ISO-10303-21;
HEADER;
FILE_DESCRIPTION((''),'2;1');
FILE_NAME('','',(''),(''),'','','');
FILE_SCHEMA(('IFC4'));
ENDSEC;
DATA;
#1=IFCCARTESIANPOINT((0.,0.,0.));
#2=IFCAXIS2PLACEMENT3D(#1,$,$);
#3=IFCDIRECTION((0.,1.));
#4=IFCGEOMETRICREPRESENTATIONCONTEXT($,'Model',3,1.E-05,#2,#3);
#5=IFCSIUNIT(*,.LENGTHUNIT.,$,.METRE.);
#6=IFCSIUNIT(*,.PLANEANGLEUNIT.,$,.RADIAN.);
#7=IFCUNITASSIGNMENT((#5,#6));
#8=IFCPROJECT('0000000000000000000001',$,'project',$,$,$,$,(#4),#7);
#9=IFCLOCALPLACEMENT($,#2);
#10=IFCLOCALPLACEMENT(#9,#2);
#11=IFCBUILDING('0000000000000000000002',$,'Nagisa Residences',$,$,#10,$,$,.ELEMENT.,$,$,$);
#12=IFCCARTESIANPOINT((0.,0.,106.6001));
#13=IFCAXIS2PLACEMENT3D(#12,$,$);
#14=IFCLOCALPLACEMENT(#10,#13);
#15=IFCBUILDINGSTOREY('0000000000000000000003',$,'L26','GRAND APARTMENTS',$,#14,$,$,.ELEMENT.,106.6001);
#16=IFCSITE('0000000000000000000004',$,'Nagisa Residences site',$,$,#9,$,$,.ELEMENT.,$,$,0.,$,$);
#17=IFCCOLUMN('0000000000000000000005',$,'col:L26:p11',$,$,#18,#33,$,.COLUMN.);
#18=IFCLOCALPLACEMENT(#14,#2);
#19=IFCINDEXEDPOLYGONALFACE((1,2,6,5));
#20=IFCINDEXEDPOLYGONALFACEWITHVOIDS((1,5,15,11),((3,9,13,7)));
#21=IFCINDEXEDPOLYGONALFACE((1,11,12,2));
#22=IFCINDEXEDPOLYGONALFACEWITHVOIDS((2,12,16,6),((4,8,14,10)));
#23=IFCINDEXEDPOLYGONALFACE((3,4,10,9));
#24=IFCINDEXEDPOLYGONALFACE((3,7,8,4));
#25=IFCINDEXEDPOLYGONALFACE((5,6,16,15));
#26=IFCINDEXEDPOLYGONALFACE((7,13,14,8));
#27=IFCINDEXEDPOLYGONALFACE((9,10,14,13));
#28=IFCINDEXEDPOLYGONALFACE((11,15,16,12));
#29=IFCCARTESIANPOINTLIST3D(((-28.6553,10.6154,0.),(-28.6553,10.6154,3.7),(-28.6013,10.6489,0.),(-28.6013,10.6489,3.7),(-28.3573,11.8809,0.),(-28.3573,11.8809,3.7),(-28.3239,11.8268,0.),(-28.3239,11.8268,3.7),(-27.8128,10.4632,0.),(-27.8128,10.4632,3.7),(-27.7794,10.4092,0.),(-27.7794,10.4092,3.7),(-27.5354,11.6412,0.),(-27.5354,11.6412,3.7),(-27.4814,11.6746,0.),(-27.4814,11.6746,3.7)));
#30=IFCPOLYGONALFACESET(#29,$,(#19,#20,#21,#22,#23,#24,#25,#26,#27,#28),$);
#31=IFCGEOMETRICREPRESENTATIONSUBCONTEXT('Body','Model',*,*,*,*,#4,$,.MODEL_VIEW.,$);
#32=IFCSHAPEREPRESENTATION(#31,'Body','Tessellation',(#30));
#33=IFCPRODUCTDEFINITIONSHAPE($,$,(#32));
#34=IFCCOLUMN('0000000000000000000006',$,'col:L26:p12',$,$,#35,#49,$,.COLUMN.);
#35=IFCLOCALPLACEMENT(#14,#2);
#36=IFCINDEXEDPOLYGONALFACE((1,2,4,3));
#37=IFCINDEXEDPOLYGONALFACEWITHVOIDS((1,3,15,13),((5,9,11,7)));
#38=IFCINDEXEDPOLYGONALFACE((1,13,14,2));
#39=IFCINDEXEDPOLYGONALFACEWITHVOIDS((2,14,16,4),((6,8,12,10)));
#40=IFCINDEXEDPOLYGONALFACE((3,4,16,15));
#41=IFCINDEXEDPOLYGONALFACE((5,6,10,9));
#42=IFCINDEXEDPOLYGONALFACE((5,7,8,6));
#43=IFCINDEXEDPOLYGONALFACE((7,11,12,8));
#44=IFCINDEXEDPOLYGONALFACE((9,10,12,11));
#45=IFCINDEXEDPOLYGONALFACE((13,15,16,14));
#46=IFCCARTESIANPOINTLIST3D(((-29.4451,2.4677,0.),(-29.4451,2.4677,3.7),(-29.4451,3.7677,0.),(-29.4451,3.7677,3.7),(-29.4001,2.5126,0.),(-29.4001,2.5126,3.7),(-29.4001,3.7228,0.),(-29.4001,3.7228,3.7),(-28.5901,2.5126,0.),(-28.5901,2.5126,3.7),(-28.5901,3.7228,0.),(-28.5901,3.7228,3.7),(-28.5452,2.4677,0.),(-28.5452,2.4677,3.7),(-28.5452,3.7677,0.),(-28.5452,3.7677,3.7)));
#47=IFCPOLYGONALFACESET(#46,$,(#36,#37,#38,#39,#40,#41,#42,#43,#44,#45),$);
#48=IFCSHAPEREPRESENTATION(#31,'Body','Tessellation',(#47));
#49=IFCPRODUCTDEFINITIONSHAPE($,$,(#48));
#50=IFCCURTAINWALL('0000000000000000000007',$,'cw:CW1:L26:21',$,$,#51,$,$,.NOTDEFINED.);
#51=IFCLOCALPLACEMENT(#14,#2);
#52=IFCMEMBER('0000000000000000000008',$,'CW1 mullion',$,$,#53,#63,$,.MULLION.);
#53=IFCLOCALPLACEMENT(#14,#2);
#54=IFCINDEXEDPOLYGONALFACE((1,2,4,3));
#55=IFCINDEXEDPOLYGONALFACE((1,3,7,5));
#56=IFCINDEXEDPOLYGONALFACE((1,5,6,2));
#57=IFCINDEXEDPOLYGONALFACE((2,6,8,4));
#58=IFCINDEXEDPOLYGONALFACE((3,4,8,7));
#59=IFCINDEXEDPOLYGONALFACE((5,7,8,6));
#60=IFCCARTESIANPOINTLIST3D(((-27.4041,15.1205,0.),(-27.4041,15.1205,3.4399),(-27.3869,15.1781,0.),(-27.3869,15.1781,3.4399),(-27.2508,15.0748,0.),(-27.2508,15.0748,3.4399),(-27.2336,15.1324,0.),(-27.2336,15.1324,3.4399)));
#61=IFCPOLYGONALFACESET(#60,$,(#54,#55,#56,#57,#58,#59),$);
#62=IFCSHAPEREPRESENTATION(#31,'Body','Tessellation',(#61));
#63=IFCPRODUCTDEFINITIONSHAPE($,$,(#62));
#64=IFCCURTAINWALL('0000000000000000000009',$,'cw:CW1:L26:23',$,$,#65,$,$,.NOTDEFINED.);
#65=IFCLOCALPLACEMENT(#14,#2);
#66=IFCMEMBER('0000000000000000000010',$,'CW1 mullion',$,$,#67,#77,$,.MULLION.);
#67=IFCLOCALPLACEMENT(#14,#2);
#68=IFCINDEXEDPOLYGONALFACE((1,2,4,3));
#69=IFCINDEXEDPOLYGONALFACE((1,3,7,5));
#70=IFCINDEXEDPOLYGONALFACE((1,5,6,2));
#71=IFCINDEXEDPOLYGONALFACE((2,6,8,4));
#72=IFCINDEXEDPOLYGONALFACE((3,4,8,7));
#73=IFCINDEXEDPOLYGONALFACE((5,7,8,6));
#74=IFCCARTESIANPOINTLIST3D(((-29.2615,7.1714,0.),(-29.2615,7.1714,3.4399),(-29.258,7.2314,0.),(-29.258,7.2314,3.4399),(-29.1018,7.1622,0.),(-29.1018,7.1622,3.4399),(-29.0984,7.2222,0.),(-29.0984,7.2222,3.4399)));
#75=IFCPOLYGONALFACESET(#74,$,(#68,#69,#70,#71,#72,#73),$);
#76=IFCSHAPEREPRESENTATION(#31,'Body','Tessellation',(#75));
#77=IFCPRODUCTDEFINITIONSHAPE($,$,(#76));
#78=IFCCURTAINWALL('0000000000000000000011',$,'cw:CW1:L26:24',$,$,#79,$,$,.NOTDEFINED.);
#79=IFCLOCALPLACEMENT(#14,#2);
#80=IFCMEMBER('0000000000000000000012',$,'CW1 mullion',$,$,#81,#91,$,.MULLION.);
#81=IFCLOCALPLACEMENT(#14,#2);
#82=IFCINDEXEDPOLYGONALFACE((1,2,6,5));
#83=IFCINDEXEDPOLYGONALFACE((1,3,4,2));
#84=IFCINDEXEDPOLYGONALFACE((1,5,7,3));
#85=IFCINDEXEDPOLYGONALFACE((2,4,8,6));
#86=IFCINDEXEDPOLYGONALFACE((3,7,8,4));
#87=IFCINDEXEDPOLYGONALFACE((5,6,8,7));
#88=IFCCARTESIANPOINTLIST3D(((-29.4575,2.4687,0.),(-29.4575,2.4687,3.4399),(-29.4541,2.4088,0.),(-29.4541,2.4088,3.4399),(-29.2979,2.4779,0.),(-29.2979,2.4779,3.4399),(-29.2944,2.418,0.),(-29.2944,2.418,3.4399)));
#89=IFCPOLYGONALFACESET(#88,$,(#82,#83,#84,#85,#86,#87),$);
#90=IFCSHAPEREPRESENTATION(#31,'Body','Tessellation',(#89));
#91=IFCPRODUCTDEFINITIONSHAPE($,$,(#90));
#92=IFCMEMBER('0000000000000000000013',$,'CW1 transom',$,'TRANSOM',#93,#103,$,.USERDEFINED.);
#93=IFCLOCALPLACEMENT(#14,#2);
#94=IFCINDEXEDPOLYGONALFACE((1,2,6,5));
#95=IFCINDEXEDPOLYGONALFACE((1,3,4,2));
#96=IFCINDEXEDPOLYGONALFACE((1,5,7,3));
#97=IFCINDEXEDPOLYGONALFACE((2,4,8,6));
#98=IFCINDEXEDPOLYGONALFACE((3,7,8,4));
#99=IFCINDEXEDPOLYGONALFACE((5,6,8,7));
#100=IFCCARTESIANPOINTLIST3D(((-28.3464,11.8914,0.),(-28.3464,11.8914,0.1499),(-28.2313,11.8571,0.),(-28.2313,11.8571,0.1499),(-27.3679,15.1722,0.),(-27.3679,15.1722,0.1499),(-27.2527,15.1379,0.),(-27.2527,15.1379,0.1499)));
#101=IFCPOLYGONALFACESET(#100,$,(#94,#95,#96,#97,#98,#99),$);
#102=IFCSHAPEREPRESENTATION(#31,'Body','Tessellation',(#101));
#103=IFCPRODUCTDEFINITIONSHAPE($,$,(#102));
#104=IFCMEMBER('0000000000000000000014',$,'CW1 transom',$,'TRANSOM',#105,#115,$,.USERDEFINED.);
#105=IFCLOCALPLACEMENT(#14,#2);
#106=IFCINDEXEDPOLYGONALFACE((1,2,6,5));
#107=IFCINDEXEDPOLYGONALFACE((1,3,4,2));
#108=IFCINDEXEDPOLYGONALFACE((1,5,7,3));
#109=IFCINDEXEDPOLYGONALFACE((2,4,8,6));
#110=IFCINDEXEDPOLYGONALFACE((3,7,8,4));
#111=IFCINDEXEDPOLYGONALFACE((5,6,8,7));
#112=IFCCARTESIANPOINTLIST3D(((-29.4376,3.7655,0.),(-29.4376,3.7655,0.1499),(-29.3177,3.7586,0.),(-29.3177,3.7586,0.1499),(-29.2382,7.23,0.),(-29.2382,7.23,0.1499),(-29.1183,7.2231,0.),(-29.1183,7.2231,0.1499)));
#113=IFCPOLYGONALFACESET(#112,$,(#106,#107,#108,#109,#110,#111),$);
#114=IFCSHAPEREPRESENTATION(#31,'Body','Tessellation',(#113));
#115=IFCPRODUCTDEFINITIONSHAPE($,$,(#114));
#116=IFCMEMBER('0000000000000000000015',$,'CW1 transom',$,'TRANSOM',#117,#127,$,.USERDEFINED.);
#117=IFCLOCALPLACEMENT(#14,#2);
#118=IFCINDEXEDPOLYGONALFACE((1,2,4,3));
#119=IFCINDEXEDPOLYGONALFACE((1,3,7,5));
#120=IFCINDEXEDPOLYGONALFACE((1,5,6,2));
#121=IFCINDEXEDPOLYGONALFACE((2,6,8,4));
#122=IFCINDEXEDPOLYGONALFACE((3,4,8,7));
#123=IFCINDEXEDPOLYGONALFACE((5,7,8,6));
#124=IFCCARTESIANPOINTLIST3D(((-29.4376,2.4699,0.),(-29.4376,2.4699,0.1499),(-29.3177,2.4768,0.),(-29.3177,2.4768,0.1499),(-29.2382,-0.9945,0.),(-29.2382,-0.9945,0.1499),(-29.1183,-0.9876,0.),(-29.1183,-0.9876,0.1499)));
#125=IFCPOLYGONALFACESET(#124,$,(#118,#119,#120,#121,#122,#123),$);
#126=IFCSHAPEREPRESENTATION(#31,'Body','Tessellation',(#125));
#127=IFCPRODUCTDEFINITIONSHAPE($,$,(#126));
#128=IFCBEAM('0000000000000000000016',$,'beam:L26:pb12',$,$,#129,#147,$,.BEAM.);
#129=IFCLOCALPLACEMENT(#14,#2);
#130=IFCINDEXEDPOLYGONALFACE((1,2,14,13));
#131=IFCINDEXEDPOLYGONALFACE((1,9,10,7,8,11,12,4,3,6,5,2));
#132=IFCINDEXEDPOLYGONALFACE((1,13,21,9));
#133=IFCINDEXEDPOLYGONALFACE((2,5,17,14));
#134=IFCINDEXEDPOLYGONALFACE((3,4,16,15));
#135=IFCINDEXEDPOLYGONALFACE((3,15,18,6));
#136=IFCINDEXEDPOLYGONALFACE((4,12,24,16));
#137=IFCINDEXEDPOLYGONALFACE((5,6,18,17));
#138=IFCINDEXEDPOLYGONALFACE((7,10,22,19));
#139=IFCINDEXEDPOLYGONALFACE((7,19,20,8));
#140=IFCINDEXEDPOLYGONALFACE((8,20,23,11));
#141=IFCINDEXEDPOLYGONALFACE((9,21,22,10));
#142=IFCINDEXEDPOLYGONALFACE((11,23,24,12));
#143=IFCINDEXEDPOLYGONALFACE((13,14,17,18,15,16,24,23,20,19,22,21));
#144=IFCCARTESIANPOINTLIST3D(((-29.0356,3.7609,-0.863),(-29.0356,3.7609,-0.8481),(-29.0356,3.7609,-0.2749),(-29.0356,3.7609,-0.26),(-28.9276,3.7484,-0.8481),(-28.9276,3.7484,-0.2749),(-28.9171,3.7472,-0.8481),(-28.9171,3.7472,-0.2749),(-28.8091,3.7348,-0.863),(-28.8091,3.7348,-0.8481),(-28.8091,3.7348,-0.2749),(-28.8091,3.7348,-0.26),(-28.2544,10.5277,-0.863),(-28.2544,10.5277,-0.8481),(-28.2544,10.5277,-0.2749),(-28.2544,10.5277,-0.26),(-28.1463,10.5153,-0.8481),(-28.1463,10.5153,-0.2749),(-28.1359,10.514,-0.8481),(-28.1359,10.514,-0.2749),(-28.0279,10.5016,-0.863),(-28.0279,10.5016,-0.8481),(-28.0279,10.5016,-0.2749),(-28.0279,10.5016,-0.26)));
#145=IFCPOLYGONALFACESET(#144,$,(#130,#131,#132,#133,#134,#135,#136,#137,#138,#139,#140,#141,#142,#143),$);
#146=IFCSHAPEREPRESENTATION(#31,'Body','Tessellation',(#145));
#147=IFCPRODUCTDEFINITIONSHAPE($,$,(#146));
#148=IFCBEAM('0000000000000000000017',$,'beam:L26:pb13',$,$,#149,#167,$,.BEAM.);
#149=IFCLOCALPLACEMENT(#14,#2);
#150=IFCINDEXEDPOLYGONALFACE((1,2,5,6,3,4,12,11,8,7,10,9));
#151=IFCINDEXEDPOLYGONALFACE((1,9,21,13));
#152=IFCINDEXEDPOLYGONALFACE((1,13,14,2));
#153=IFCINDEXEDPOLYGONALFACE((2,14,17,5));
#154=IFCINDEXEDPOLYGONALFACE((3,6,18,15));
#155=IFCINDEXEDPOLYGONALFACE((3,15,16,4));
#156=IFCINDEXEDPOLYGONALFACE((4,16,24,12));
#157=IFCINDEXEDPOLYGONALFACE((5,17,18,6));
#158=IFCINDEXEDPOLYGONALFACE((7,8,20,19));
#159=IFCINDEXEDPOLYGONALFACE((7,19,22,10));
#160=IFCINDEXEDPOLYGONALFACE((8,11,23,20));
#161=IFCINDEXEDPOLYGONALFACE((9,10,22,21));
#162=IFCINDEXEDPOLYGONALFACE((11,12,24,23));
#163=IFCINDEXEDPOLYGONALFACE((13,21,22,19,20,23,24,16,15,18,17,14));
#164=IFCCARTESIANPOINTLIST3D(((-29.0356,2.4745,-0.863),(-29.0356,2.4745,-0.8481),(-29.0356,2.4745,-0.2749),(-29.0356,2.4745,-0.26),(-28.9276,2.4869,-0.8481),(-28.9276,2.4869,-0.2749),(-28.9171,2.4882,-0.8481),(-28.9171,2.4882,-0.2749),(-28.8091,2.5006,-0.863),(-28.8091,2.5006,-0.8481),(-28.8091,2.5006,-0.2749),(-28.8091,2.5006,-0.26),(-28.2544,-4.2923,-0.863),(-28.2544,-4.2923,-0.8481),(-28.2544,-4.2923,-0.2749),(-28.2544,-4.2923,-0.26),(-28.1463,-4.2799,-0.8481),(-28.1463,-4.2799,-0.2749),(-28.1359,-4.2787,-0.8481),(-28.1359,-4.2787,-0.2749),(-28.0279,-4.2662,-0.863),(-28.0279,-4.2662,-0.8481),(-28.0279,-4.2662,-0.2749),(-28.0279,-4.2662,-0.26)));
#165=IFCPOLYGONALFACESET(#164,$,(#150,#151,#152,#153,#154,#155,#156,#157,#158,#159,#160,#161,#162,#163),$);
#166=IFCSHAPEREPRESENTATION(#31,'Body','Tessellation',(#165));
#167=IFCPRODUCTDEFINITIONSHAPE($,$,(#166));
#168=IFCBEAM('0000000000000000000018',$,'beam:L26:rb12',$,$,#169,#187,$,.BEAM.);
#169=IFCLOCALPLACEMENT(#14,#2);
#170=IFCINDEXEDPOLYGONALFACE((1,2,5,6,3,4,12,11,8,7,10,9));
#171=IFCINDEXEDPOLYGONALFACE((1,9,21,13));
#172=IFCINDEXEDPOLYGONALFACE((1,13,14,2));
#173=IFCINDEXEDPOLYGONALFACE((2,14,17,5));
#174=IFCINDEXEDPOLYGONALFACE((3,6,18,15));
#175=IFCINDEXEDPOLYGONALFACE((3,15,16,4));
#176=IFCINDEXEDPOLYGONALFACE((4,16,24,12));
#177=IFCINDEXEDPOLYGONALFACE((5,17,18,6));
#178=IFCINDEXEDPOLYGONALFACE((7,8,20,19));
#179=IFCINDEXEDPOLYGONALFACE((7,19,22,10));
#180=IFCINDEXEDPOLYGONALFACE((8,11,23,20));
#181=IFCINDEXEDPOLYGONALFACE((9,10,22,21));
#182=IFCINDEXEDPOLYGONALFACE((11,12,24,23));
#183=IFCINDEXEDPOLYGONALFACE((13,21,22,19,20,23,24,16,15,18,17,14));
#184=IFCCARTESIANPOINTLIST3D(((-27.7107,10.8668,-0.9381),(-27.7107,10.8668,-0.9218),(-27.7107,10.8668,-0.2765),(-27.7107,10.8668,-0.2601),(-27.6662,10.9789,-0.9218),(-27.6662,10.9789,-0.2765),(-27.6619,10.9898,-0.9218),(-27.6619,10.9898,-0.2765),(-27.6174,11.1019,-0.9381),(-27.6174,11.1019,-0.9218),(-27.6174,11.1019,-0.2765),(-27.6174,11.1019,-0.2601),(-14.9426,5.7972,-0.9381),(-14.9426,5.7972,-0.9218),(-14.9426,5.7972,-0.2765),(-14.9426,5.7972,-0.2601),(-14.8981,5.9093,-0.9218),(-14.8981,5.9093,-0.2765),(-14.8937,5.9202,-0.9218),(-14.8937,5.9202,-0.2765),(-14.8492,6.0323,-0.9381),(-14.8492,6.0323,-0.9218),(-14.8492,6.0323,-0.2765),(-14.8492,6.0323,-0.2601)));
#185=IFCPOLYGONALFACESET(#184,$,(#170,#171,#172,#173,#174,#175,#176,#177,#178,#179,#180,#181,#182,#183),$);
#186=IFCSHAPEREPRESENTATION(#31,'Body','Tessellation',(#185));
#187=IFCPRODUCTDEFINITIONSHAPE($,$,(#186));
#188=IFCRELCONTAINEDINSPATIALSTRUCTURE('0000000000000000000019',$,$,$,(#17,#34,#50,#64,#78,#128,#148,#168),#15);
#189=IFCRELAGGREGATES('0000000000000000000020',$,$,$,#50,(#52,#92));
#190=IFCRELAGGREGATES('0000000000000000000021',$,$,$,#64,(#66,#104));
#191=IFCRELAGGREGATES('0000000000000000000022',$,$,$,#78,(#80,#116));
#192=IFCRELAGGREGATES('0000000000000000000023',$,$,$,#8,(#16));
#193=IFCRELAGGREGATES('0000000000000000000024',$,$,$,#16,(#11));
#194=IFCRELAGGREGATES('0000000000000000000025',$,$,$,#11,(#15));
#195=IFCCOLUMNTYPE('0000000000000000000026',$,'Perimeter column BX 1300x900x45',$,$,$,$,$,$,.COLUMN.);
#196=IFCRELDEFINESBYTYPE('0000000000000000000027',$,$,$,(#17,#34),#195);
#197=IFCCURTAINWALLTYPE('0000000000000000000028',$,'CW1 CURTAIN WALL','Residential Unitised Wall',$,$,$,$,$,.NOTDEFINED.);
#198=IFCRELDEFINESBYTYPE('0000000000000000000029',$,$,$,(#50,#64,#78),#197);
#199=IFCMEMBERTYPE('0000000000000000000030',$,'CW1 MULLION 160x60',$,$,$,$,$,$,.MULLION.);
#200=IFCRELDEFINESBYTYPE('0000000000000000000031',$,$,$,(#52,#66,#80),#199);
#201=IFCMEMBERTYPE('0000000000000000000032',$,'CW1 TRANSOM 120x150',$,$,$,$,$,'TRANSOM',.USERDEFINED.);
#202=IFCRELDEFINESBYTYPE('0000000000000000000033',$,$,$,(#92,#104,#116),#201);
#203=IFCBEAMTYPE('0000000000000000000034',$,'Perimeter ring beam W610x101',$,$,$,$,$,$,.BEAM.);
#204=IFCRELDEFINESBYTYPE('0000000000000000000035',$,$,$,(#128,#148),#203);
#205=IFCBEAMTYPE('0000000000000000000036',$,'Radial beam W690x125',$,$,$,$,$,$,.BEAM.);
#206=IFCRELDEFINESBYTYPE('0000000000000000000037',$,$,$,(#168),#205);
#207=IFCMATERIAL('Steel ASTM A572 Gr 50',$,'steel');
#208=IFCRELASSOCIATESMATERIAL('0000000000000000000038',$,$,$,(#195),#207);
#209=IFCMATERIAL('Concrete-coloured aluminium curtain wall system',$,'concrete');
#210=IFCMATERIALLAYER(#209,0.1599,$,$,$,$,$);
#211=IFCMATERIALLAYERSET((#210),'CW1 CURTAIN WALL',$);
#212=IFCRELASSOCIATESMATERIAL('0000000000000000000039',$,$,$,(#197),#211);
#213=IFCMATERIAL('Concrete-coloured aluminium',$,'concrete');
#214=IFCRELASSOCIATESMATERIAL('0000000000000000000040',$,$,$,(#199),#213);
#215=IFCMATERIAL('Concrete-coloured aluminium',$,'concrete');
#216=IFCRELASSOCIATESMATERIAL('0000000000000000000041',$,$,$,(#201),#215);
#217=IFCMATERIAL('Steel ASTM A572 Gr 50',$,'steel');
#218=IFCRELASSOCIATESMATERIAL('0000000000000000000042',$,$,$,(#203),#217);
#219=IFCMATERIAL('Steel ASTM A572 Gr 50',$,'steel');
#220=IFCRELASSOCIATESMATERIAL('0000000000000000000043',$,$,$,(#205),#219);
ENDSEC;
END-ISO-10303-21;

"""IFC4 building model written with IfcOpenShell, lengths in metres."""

from ifc_helpers import new_model, si_unit, direction, frame, origin, origin_2d, place, context, subcontext, project, spatial, rectangle, hollow_rectangle, i_section, extrude, material, layer, layer_set, material_profile, profile_set, type_object, element, aggregate, save


model = new_model("IFC4")

# Units and contexts
model_context = context("Model", 3, precision=1e-05, world=origin(), true_north=direction((0.0, 1.0)))
body_context = subcontext(model_context, "Body", "Model", "MODEL_VIEW")
ifc_project = project(units=[si_unit("LENGTHUNIT", "METRE"), si_unit("PLANEANGLEUNIT", "RADIAN")], contexts=[model_context])

# Site, building, storey
site_placement = place(None, origin())
site = spatial("IfcSite", under=ifc_project, at=site_placement, Name="Nagisa Residences site", CompositionType="ELEMENT", RefElevation=0.0)
building_placement = place(site_placement, origin())
building = spatial("IfcBuilding", under=site, at=building_placement, Name="Nagisa Residences", CompositionType="ELEMENT")
storey_placement = place(building_placement, frame((0.0, 0.0, 106.6001)))
storey = spatial("IfcBuildingStorey", under=building, at=storey_placement, Name="L26", Description="GRAND APARTMENTS", CompositionType="ELEMENT", Elevation=106.6001)

# Columns
ifc_material_1 = material(Name="Steel ASTM A572 Gr 50", Category="steel")
ifc_material_profile_1 = material_profile(ifc_material_1, hollow_rectangle(XDim=1.3, YDim=0.8999, WallThickness=0.0449, at=origin_2d()), Name="BX 1300x900x45")
ifc_profile_set_1 = profile_set([ifc_material_profile_1], Name="Steel ASTM A572 Gr 50")
column_type = type_object("IfcColumnType", Name="Perimeter column BX 1300x900x45", PredefinedType="COLUMN", material=ifc_profile_set_1)
for number, where, z_axis, x_axis, name in (
    (1, (-28.0684, 11.145, 0.0), (0.0, 0.0, 1.0), (-0.229202, -0.973379, 0.0), "col:L26:p11"),
    (2, (-28.9951, 3.1177, 0.0), (0.0, 0.0, 1.0), (0.0, -1.0, 0.0), "col:L26:p12"),
):
    element("IfcColumn", number, at=place(storey_placement, frame(where, z_axis=z_axis, x_axis=x_axis)), inside=storey, type_object=column_type, Name=name, PredefinedType="COLUMN", context=body_context, shape_type="SweptSolid", body=[
        extrude(hollow_rectangle(XDim=1.3, YDim=0.8999, WallThickness=0.0449, at=origin_2d()), origin(), (0.0, 0.0, 1.0), 3.7),
    ])

# Curtain walls, members
ifc_material_2 = material(Name="Concrete-coloured aluminium curtain wall system", Category="concrete")
ifc_layer_1 = layer(ifc_material_2, 0.1599)
ifc_layer_set_1 = layer_set([ifc_layer_1], Name="CW1 CURTAIN WALL")
curtain_wall_type = type_object("IfcCurtainWallType", Name="CW1 CURTAIN WALL", Description="Residential Unitised Wall", PredefinedType="NOTDEFINED", material=ifc_layer_set_1)
curtain_wall_1_placement = place(storey_placement, origin())
curtain_wall_1 = element("IfcCurtainWall", 3, at=curtain_wall_1_placement, inside=storey, type_object=curtain_wall_type, Name="cw:CW1:L26:21", PredefinedType="NOTDEFINED")
ifc_material_3 = material(Name="Concrete-coloured aluminium", Category="concrete")
ifc_material_profile_2 = material_profile(ifc_material_3, rectangle(XDim=0.1599, YDim=0.0601, at=origin_2d()), Name="CW1 MULLION 160x60")
ifc_profile_set_2 = profile_set([ifc_material_profile_2], Name="Concrete-coloured aluminium")
member_type_1 = type_object("IfcMemberType", Name="CW1 MULLION 160x60", PredefinedType="MULLION", material=ifc_profile_set_2)
member_1_placement = place(storey_placement, frame((-27.3188, 15.1265, 0.0), z_axis=(0.0, 0.0, 1.0), x_axis=(0.958271, -0.28586, 0.0)))
member_1 = element("IfcMember", 4, at=member_1_placement, type_object=member_type_1, Name="CW1 mullion", PredefinedType="MULLION", context=body_context, shape_type="SweptSolid", body=[
    extrude(rectangle(XDim=0.1599, YDim=0.0601, at=origin_2d()), origin(), (0.0, 0.0, 1.0), 3.4399),
])
curtain_wall_2_placement = place(storey_placement, origin())
curtain_wall_2 = element("IfcCurtainWall", 5, at=curtain_wall_2_placement, inside=storey, type_object=curtain_wall_type, Name="cw:CW1:L26:23", PredefinedType="NOTDEFINED")
member_2_placement = place(storey_placement, frame((-29.1799, 7.1968, 0.0), z_axis=(0.0, 0.0, 1.0), x_axis=(0.998345, -0.057503, 0.0)))
member_2 = element("IfcMember", 6, at=member_2_placement, type_object=member_type_1, Name="CW1 mullion", PredefinedType="MULLION", context=body_context, shape_type="SweptSolid", body=[
    extrude(rectangle(XDim=0.1599, YDim=0.0601, at=origin_2d()), origin(), (0.0, 0.0, 1.0), 3.4399),
])
curtain_wall_3_placement = place(storey_placement, origin())
curtain_wall_3 = element("IfcCurtainWall", 7, at=curtain_wall_3_placement, inside=storey, type_object=curtain_wall_type, Name="cw:CW1:L26:24", PredefinedType="NOTDEFINED")
member_3_placement = place(storey_placement, frame((-29.376, 2.4434, 0.0), z_axis=(0.0, 0.0, 1.0), x_axis=(0.998345, 0.057503, 0.0)))
member_3 = element("IfcMember", 8, at=member_3_placement, type_object=member_type_1, Name="CW1 mullion", PredefinedType="MULLION", context=body_context, shape_type="SweptSolid", body=[
    extrude(rectangle(XDim=0.1599, YDim=0.0601, at=origin_2d()), origin(), (0.0, 0.0, 1.0), 3.4399),
])

# Members
ifc_material_4 = material(Name="Concrete-coloured aluminium", Category="concrete")
ifc_material_profile_3 = material_profile(ifc_material_4, rectangle(XDim=0.1201, YDim=0.1499, at=origin_2d()), Name="CW1 TRANSOM 120x150")
ifc_profile_set_3 = profile_set([ifc_material_profile_3], Name="Concrete-coloured aluminium")
member_type_2 = type_object("IfcMemberType", Name="CW1 TRANSOM 120x150", ElementType="TRANSOM", PredefinedType="USERDEFINED", material=ifc_profile_set_3)
member_4_placement = place(storey_placement, frame((-27.3103, 15.155, 0.075), z_axis=(-0.285817, -0.958284, 0.0), x_axis=(0.958284, -0.285817, 0.0)))
member_4 = element("IfcMember", 9, at=member_4_placement, type_object=member_type_2, Name="CW1 transom", ObjectType="TRANSOM", PredefinedType="USERDEFINED", context=body_context, shape_type="SweptSolid", body=[
    extrude(rectangle(XDim=0.1201, YDim=0.1499, at=origin_2d()), origin(), (0.0, 0.0, 1.0), 3.4236),
])
member_5_placement = place(storey_placement, frame((-29.1782, 7.2266, 0.075), z_axis=(-0.057477, -0.998347, 0.0), x_axis=(0.998347, -0.057477, 0.0)))
member_5 = element("IfcMember", 10, at=member_5_placement, type_object=member_type_2, Name="CW1 transom", ObjectType="TRANSOM", PredefinedType="USERDEFINED", context=body_context, shape_type="SweptSolid", body=[
    extrude(rectangle(XDim=0.1201, YDim=0.1499, at=origin_2d()), origin(), (0.0, 0.0, 1.0), 3.4702),
])
member_6_placement = place(storey_placement, frame((-29.3777, 2.4734, 0.075), z_axis=(0.057477, -0.998347, 0.0), x_axis=(0.998347, 0.057477, 0.0)))
member_6 = element("IfcMember", 11, at=member_6_placement, type_object=member_type_2, Name="CW1 transom", ObjectType="TRANSOM", PredefinedType="USERDEFINED", context=body_context, shape_type="SweptSolid", body=[
    extrude(rectangle(XDim=0.1201, YDim=0.1499, at=origin_2d()), origin(), (0.0, 0.0, 1.0), 3.4702),
])

# Beams
ifc_material_5 = material(Name="Steel ASTM A572 Gr 50", Category="steel")
ifc_material_profile_4 = material_profile(ifc_material_5, i_section(OverallWidth=0.228, OverallDepth=0.603, WebThickness=0.0105, FlangeThickness=0.0149, at=origin_2d()), Name="W610x101")
ifc_profile_set_4 = profile_set([ifc_material_profile_4], Name="Steel ASTM A572 Gr 50")
beam_type_1 = type_object("IfcBeamType", Name="Perimeter ring beam W610x101", PredefinedType="BEAM", material=ifc_profile_set_4)
for number, where, z_axis, x_axis, name in (
    (12, (-28.1411, 10.5146, -0.5615), (-0.114691, -0.993401, 0.0), (0.993401, -0.114691, 0.0), "beam:L26:pb12"),
    (13, (-28.9224, 2.4875, -0.5615), (0.114691, -0.993401, 0.0), (0.993401, 0.114691, 0.0), "beam:L26:pb13"),
):
    element("IfcBeam", number, at=place(storey_placement, frame(where, z_axis=z_axis, x_axis=x_axis)), inside=storey, type_object=beam_type_1, Name=name, PredefinedType="BEAM", context=body_context, shape_type="SweptSolid", body=[
        extrude(i_section(OverallWidth=0.228, OverallDepth=0.603, WebThickness=0.0105, FlangeThickness=0.0149, at=origin_2d()), origin(), (0.0, 0.0, 1.0), 6.8118),
    ])
ifc_material_6 = material(Name="Steel ASTM A572 Gr 50", Category="steel")
ifc_material_profile_5 = material_profile(ifc_material_6, i_section(OverallWidth=0.2529, OverallDepth=0.678, WebThickness=0.0117, FlangeThickness=0.0164, at=origin_2d()), Name="W690x125")
ifc_profile_set_5 = profile_set([ifc_material_profile_5], Name="Steel ASTM A572 Gr 50")
beam_type_2 = type_object("IfcBeamType", Name="Radial beam W690x125", PredefinedType="BEAM", material=ifc_profile_set_5)
beam_1_placement = place(storey_placement, frame((-27.6641, 10.9844, -0.5991), z_axis=(0.929419, -0.369027, 0.0), x_axis=(0.369027, 0.929419, 0.0)))
element("IfcBeam", 14, at=beam_1_placement, inside=storey, type_object=beam_type_2, Name="beam:L26:rb12", PredefinedType="BEAM", context=body_context, shape_type="SweptSolid", body=[
    extrude(i_section(OverallWidth=0.2529, OverallDepth=0.678, WebThickness=0.0117, FlangeThickness=0.0164, at=origin_2d()), origin(), (0.0, 0.0, 1.0), 13.7378),
])

aggregate(curtain_wall_1, [member_1, member_4])
aggregate(curtain_wall_2, [member_2, member_5])
aggregate(curtain_wall_3, [member_3, member_6])

save(model, "model.ifc")
